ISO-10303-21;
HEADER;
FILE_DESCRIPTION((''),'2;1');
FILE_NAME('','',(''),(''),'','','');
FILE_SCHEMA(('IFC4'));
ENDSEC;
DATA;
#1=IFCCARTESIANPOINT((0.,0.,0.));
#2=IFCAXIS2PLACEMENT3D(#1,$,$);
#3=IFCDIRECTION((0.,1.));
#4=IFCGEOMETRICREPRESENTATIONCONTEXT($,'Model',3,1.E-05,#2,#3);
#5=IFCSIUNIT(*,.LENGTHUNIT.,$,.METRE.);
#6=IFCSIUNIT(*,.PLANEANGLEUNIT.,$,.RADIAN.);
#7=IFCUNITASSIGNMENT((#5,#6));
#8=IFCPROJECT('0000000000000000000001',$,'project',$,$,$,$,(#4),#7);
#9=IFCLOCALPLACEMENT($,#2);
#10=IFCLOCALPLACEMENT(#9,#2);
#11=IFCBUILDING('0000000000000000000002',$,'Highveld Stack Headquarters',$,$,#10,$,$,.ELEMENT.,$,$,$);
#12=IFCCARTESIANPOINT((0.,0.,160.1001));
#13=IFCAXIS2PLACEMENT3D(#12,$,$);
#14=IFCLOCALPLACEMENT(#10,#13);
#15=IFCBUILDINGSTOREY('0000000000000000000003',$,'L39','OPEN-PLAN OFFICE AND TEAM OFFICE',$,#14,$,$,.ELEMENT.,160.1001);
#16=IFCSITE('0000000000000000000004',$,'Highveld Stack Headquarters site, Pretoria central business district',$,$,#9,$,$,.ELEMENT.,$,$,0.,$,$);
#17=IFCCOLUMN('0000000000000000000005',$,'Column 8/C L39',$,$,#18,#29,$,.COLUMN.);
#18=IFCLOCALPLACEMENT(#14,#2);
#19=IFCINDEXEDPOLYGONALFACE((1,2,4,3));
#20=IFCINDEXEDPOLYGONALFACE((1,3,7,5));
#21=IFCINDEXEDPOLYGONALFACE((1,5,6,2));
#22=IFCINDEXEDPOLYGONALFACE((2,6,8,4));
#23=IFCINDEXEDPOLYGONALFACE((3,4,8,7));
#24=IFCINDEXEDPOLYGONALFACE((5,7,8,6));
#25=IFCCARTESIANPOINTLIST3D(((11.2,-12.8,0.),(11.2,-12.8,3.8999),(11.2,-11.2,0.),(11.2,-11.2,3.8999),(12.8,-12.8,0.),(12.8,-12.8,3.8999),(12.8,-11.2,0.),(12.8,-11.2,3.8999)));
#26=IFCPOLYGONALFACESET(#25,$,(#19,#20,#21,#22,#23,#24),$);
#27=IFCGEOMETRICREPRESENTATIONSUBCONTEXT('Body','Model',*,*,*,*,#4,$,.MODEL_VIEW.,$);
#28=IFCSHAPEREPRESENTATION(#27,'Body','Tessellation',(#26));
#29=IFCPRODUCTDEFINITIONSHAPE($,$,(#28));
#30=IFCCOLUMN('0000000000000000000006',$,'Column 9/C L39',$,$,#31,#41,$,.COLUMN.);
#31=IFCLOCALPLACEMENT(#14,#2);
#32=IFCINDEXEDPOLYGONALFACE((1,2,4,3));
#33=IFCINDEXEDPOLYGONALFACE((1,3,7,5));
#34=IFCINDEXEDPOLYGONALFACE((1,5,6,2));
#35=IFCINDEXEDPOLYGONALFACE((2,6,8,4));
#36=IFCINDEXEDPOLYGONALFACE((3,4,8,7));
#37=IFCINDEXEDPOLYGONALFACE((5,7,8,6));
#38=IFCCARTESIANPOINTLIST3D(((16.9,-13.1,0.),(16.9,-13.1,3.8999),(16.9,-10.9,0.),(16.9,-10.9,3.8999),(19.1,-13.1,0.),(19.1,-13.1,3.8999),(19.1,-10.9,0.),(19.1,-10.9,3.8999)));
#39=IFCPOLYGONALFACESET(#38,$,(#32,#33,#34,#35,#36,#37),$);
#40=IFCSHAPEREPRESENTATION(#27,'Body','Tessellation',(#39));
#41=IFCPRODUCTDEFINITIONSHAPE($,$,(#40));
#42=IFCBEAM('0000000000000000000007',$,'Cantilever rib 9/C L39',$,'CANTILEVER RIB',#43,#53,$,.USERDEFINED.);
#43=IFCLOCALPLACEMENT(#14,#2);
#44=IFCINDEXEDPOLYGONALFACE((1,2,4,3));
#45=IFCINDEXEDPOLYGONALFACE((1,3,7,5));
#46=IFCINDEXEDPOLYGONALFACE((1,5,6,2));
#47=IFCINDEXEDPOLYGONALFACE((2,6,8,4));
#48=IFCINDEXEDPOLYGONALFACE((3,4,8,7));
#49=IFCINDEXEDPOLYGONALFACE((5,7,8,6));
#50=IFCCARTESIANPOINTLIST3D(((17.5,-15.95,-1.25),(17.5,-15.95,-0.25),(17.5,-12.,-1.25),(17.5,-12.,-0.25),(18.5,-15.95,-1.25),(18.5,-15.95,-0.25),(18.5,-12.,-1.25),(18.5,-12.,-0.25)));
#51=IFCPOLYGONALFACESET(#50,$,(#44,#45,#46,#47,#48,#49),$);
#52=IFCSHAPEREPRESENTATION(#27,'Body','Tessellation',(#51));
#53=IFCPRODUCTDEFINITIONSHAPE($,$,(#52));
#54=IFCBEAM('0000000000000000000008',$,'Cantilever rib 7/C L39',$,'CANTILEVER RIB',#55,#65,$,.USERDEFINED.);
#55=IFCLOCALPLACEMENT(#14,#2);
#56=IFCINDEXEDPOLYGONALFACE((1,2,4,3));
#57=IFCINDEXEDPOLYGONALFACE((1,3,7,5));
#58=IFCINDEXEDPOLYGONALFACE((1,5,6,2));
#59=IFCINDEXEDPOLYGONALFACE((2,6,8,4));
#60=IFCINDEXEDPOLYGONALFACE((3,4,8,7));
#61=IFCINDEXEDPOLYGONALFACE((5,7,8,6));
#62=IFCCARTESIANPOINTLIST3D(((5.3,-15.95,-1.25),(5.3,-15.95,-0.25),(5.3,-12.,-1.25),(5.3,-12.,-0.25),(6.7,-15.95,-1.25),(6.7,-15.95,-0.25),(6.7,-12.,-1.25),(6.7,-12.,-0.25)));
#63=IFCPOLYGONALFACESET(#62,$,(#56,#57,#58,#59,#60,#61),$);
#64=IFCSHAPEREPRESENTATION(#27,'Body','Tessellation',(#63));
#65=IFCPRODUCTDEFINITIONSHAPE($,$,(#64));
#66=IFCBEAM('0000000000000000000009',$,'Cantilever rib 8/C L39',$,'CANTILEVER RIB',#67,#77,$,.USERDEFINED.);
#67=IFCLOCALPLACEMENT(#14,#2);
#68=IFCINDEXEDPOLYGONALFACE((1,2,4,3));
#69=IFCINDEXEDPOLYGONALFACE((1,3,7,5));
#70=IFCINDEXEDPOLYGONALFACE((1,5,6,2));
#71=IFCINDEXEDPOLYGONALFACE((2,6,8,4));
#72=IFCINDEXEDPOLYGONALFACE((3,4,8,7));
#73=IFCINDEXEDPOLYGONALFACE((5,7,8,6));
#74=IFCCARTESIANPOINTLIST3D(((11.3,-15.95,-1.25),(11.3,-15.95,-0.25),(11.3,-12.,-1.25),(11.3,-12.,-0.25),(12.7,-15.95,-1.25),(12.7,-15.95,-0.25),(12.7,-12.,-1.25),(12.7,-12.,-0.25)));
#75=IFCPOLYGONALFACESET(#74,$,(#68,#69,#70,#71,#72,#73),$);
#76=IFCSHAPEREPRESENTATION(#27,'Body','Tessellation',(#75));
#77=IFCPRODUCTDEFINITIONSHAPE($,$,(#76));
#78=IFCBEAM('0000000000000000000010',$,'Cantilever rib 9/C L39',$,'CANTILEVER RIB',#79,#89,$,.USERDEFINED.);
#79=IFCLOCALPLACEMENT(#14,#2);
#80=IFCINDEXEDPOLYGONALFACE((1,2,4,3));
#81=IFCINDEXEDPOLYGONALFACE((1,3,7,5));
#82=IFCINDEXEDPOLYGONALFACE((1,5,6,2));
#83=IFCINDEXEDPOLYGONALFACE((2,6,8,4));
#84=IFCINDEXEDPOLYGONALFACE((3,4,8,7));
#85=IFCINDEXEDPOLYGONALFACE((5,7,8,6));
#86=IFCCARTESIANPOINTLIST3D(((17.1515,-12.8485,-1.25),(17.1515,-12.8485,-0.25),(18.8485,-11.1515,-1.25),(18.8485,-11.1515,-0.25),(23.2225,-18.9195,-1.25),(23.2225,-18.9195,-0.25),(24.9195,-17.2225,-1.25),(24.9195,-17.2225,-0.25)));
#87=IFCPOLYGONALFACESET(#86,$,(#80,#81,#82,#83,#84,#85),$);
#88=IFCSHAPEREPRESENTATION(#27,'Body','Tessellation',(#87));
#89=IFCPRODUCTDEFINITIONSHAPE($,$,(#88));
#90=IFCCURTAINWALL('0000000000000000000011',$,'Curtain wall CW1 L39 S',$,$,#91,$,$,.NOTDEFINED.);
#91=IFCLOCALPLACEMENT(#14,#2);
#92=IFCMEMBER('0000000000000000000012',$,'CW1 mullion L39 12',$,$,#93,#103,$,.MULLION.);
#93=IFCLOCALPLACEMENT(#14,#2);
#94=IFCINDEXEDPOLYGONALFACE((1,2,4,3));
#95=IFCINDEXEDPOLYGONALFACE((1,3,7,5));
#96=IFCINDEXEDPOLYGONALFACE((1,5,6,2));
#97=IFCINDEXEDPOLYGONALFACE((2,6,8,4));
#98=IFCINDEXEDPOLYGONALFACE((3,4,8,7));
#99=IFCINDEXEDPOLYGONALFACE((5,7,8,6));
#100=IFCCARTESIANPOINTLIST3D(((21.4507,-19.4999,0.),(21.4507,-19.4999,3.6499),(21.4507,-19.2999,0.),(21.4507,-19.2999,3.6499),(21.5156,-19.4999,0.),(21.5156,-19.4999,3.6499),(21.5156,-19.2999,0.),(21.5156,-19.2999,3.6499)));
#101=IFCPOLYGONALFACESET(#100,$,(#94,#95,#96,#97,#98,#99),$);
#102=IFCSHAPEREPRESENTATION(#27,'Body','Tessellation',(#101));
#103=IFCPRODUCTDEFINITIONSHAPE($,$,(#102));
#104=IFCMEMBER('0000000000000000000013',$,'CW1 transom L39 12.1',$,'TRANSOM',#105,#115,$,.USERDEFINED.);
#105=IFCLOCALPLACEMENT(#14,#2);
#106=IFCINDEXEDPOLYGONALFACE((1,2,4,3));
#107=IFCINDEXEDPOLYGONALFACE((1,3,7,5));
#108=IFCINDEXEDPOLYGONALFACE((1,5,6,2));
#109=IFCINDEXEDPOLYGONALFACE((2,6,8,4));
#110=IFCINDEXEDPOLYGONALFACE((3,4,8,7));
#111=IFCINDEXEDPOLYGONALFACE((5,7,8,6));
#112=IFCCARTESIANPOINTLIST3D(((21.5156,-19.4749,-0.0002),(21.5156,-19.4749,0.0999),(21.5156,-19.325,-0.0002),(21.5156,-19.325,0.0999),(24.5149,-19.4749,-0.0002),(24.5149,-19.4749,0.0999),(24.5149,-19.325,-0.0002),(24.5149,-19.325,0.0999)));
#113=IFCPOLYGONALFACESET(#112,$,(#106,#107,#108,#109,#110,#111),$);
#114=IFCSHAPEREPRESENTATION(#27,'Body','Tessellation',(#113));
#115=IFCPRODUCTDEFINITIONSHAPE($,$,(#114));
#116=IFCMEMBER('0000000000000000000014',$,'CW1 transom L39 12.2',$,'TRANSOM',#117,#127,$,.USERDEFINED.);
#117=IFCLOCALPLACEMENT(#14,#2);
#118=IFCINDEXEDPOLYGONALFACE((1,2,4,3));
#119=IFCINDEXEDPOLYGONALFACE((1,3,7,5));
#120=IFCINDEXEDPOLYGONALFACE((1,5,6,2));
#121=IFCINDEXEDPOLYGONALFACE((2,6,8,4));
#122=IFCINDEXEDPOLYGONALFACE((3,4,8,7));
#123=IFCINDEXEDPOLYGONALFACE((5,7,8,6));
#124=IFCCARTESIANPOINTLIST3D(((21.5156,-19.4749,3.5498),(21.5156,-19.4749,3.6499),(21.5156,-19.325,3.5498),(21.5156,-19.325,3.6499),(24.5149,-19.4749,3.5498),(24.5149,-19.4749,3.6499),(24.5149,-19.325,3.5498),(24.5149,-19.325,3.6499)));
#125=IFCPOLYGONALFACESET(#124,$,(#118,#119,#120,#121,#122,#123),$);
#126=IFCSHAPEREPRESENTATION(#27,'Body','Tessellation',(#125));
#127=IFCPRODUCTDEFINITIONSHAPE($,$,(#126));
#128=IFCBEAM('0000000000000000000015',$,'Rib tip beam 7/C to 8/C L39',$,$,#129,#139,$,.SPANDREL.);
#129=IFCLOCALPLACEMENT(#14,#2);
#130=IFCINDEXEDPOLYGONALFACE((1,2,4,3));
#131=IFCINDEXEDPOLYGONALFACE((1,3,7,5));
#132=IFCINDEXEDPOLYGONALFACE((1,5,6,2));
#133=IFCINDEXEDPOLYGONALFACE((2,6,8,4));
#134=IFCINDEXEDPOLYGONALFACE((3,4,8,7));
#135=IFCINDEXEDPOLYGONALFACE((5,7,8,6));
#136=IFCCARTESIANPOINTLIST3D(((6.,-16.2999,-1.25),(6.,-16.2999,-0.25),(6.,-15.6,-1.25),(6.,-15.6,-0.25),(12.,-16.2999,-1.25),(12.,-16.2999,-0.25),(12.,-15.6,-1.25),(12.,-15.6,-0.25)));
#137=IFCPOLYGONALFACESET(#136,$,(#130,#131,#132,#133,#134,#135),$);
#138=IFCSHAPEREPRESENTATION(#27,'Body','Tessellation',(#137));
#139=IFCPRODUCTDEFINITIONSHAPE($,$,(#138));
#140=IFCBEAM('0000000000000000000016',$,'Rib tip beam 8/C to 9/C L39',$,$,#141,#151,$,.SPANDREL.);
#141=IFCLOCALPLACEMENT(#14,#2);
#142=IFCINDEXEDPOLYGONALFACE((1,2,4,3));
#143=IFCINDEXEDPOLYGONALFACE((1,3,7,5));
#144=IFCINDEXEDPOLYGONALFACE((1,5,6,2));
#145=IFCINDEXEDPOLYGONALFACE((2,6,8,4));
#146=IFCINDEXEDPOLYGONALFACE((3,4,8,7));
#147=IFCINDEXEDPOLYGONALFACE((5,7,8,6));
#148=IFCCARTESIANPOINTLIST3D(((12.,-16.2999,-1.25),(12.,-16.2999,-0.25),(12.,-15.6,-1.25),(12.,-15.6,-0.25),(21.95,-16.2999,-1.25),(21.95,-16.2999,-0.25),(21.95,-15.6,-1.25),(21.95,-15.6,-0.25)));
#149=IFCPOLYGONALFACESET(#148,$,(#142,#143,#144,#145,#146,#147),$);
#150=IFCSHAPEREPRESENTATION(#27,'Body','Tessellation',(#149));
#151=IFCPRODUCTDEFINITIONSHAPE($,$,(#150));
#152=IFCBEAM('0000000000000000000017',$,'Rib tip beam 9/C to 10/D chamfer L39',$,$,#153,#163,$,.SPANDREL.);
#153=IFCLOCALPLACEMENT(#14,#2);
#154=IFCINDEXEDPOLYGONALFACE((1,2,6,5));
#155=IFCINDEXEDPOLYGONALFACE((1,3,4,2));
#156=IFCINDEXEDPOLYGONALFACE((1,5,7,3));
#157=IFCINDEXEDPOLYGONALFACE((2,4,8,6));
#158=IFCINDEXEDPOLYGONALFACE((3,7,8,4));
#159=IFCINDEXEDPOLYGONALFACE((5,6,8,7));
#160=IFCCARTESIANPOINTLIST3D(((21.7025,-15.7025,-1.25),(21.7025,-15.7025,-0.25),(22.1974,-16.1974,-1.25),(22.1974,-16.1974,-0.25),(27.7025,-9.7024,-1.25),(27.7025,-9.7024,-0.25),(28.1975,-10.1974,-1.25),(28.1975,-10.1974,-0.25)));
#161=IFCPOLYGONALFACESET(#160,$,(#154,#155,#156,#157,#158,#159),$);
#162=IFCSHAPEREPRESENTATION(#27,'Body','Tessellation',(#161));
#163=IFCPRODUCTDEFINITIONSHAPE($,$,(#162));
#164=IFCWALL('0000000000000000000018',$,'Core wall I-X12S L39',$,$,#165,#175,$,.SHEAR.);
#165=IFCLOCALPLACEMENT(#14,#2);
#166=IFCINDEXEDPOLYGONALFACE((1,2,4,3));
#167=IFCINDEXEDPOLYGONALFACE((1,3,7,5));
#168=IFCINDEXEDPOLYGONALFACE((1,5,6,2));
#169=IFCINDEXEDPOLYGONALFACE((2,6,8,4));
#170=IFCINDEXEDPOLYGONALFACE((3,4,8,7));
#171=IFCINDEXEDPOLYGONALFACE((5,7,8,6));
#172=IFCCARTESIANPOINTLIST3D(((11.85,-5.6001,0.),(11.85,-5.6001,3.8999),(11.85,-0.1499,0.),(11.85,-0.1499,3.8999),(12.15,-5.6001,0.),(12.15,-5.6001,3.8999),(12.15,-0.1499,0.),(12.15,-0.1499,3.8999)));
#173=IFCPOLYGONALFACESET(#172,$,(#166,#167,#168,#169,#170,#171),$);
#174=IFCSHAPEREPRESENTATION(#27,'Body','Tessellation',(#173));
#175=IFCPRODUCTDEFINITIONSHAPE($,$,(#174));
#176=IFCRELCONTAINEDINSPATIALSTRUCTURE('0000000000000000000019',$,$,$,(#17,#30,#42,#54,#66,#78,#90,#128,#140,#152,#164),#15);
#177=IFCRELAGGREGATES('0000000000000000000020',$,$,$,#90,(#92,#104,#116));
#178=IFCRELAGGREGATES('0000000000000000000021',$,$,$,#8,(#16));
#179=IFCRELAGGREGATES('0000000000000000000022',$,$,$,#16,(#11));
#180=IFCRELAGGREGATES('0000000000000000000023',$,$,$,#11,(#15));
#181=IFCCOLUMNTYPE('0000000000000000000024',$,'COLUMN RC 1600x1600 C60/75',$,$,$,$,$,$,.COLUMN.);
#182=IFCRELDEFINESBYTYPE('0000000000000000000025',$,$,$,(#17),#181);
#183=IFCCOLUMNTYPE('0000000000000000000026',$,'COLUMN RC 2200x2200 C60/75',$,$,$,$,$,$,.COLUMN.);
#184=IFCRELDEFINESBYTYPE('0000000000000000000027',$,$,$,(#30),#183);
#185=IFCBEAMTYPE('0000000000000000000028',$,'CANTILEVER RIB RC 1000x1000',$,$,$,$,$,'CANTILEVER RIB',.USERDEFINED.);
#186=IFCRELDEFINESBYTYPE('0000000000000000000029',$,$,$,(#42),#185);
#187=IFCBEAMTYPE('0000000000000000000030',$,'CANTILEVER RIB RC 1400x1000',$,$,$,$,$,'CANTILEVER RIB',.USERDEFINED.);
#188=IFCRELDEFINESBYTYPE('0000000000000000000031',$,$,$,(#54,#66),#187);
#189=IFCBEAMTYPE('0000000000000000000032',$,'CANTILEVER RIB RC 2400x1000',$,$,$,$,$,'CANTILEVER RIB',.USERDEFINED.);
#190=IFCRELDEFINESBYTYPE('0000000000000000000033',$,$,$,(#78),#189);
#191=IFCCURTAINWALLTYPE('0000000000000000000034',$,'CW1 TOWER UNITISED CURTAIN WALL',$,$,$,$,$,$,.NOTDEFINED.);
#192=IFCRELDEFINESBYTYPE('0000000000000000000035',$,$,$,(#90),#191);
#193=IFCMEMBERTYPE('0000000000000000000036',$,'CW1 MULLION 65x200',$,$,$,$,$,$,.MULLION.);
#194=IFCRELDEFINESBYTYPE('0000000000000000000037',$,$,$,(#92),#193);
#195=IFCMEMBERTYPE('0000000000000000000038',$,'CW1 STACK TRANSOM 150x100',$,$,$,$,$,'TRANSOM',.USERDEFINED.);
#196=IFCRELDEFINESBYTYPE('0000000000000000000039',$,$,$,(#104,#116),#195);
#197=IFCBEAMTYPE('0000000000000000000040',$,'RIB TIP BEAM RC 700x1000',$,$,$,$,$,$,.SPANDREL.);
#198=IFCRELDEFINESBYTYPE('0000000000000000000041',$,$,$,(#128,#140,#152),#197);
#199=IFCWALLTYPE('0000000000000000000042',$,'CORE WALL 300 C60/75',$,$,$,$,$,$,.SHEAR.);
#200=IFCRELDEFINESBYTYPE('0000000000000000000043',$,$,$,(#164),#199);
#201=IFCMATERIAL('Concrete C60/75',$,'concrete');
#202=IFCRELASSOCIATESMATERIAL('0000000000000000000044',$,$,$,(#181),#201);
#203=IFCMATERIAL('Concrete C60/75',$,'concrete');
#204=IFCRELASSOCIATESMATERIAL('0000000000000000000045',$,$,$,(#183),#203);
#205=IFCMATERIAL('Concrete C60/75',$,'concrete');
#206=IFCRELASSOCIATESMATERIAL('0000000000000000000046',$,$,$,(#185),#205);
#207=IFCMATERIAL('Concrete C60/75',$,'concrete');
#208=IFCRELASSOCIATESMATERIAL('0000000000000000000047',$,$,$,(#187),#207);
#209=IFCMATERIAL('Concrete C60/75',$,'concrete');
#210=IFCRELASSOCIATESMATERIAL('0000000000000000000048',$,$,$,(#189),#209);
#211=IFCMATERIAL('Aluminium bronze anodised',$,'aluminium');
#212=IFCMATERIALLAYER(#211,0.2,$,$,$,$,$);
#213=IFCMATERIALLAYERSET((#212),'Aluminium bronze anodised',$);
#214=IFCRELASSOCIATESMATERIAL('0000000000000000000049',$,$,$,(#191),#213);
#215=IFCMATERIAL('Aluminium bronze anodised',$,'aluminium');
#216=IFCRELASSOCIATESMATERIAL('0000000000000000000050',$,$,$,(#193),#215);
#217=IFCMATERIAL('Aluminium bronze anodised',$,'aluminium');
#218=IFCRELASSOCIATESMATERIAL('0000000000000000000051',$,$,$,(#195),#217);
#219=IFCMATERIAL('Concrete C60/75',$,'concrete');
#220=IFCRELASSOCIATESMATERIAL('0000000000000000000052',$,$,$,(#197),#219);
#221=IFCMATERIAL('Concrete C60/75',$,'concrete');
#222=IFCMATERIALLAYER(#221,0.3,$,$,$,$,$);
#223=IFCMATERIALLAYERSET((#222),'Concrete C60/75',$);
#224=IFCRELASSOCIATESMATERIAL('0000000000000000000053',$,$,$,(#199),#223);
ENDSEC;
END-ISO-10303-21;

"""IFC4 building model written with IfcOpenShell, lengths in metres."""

from ifc_helpers import new_model, si_unit, direction, frame, frame_2d, origin, origin_2d, place, context, subcontext, project, spatial, rectangle, extrude, material, layer, layer_set, material_profile, profile_set, type_object, element, aggregate, save


model = new_model("IFC4")

# Units and contexts
model_context = context("Model", 3, precision=1e-05, world=origin(), true_north=direction((0.0, 1.0)))
body_context = subcontext(model_context, "Body", "Model", "MODEL_VIEW")
ifc_project = project(units=[si_unit("LENGTHUNIT", "METRE"), si_unit("PLANEANGLEUNIT", "RADIAN")], contexts=[model_context])

# Site, building, storey
site_placement = place(None, origin())
site = spatial("IfcSite", under=ifc_project, at=site_placement, Name="Highveld Stack Headquarters site, Pretoria central business district", CompositionType="ELEMENT", RefElevation=0.0)
building_placement = place(site_placement, origin())
building = spatial("IfcBuilding", under=site, at=building_placement, Name="Highveld Stack Headquarters", CompositionType="ELEMENT")
storey_placement = place(building_placement, frame((0.0, 0.0, 160.1001)))
storey = spatial("IfcBuildingStorey", under=building, at=storey_placement, Name="L39", Description="OPEN-PLAN OFFICE AND TEAM OFFICE", CompositionType="ELEMENT", Elevation=160.1001)

# Columns
ifc_material_1 = material(Name="Concrete C60/75", Category="concrete")
ifc_material_profile_1 = material_profile(ifc_material_1, rectangle(XDim=1.6001, YDim=1.6001, at=origin_2d()), Name="RC 1600x1600")
ifc_profile_set_1 = profile_set([ifc_material_profile_1], Name="Concrete C60/75")
column_type_1 = type_object("IfcColumnType", Name="COLUMN RC 1600x1600 C60/75", PredefinedType="COLUMN", material=ifc_profile_set_1)
column_1_placement = place(storey_placement, frame((12.0, -12.0, 0.0), z_axis=(0.0, 0.0, 1.0), x_axis=(1.0, 0.0, 0.0)))
element("IfcColumn", 1, at=column_1_placement, inside=storey, type_object=column_type_1, Name="Column 8/C L39", PredefinedType="COLUMN", context=body_context, shape_type="SweptSolid", body=[
    extrude(rectangle(XDim=1.6001, YDim=1.6001, at=origin_2d()), origin(), (0.0, 0.0, 1.0), 3.8999),
])
ifc_material_2 = material(Name="Concrete C60/75", Category="concrete")
ifc_material_profile_2 = material_profile(ifc_material_2, rectangle(XDim=2.2, YDim=2.2, at=origin_2d()), Name="RC 2200x2200")
ifc_profile_set_2 = profile_set([ifc_material_profile_2], Name="Concrete C60/75")
column_type_2 = type_object("IfcColumnType", Name="COLUMN RC 2200x2200 C60/75", PredefinedType="COLUMN", material=ifc_profile_set_2)
column_2_placement = place(storey_placement, frame((18.0, -12.0, 0.0), z_axis=(0.0, 0.0, 1.0), x_axis=(1.0, 0.0, 0.0)))
element("IfcColumn", 2, at=column_2_placement, inside=storey, type_object=column_type_2, Name="Column 9/C L39", PredefinedType="COLUMN", context=body_context, shape_type="SweptSolid", body=[
    extrude(rectangle(XDim=2.2, YDim=2.2, at=origin_2d()), origin(), (0.0, 0.0, 1.0), 3.8999),
])

# Beams
ifc_material_3 = material(Name="Concrete C60/75", Category="concrete")
ifc_material_profile_3 = material_profile(ifc_material_3, rectangle(XDim=1.0, YDim=1.0, at=origin_2d()), Name="RC 1000x1000")
ifc_profile_set_3 = profile_set([ifc_material_profile_3], Name="Concrete C60/75")
beam_type_1 = type_object("IfcBeamType", Name="CANTILEVER RIB RC 1000x1000", ElementType="CANTILEVER RIB", PredefinedType="USERDEFINED", material=ifc_profile_set_3)
beam_1_placement = place(storey_placement, frame((18.0, -12.0, -0.75), z_axis=(0.0, -1.0, 0.0), x_axis=(1.0, 0.0, 0.0)))
element("IfcBeam", 3, at=beam_1_placement, inside=storey, type_object=beam_type_1, Name="Cantilever rib 9/C L39", ObjectType="CANTILEVER RIB", PredefinedType="USERDEFINED", context=body_context, shape_type="SweptSolid", body=[
    extrude(rectangle(XDim=1.0, YDim=1.0, at=origin_2d()), origin(), (0.0, 0.0, 1.0), 3.95),
])
ifc_material_4 = material(Name="Concrete C60/75", Category="concrete")
ifc_material_profile_4 = material_profile(ifc_material_4, rectangle(XDim=1.3999, YDim=1.0, at=origin_2d()), Name="RC 1400x1000")
ifc_profile_set_4 = profile_set([ifc_material_profile_4], Name="Concrete C60/75")
beam_type_2 = type_object("IfcBeamType", Name="CANTILEVER RIB RC 1400x1000", ElementType="CANTILEVER RIB", PredefinedType="USERDEFINED", material=ifc_profile_set_4)
for number, where, z_axis, x_axis, name in (
    (4, (6.0, -12.0, -0.75), (0.0, -1.0, 0.0), (1.0, 0.0, 0.0), "Cantilever rib 7/C L39"),
    (5, (12.0, -12.0, -0.75), (0.0, -1.0, 0.0), (1.0, 0.0, 0.0), "Cantilever rib 8/C L39"),
):
    element("IfcBeam", number, at=place(storey_placement, frame(where, z_axis=z_axis, x_axis=x_axis)), inside=storey, type_object=beam_type_2, Name=name, ObjectType="CANTILEVER RIB", PredefinedType="USERDEFINED", context=body_context, shape_type="SweptSolid", body=[
        extrude(rectangle(XDim=1.3999, YDim=1.0, at=origin_2d()), origin(), (0.0, 0.0, 1.0), 3.95),
    ])
ifc_material_5 = material(Name="Concrete C60/75", Category="concrete")
ifc_material_profile_5 = material_profile(ifc_material_5, rectangle(XDim=2.3999, YDim=1.0, at=origin_2d()), Name="RC 2400x1000")
ifc_profile_set_5 = profile_set([ifc_material_profile_5], Name="Concrete C60/75")
beam_type_3 = type_object("IfcBeamType", Name="CANTILEVER RIB RC 2400x1000", ElementType="CANTILEVER RIB", PredefinedType="USERDEFINED", material=ifc_profile_set_5)
beam_2_placement = place(storey_placement, frame((18.0, -12.0, -0.75), z_axis=(0.707107, -0.707107, 0.0), x_axis=(0.707107, 0.707107, 0.0)))
element("IfcBeam", 6, at=beam_2_placement, inside=storey, type_object=beam_type_3, Name="Cantilever rib 9/C L39", ObjectType="CANTILEVER RIB", PredefinedType="USERDEFINED", context=body_context, shape_type="SweptSolid", body=[
    extrude(rectangle(XDim=2.3999, YDim=1.0, at=origin_2d()), origin(), (0.0, 0.0, 1.0), 8.5857),
])

# Curtain wall, members
ifc_material_6 = material(Name="Aluminium bronze anodised", Category="aluminium")
ifc_layer_1 = layer(ifc_material_6, 0.2)
ifc_layer_set_1 = layer_set([ifc_layer_1], Name="Aluminium bronze anodised")
curtain_wall_type = type_object("IfcCurtainWallType", Name="CW1 TOWER UNITISED CURTAIN WALL", PredefinedType="NOTDEFINED", material=ifc_layer_set_1)
curtain_wall_placement = place(storey_placement, origin())
curtain_wall = element("IfcCurtainWall", 7, at=curtain_wall_placement, inside=storey, type_object=curtain_wall_type, Name="Curtain wall CW1 L39 S", PredefinedType="NOTDEFINED")
ifc_material_7 = material(Name="Aluminium bronze anodised", Category="aluminium")
ifc_material_profile_6 = material_profile(ifc_material_7, rectangle(XDim=0.2, YDim=0.0649, at=origin_2d()), Name="CW1 MULLION 65x200")
ifc_profile_set_6 = profile_set([ifc_material_profile_6], Name="Aluminium bronze anodised")
member_type_1 = type_object("IfcMemberType", Name="CW1 MULLION 65x200", PredefinedType="MULLION", material=ifc_profile_set_6)
member_1_placement = place(storey_placement, frame((21.4832, -19.3999, 0.0), z_axis=(0.0, 0.0, 1.0), x_axis=(0.0, 1.0, 0.0)))
member_1 = element("IfcMember", 8, at=member_1_placement, type_object=member_type_1, Name="CW1 mullion L39 12", PredefinedType="MULLION", context=body_context, shape_type="SweptSolid", body=[
    extrude(rectangle(XDim=0.2, YDim=0.0649, at=origin_2d()), origin(), (0.0, 0.0, 1.0), 3.6499),
])
ifc_material_8 = material(Name="Aluminium bronze anodised", Category="aluminium")
ifc_material_profile_7 = material_profile(ifc_material_8, rectangle(XDim=0.1499, YDim=0.1001, at=origin_2d()), Name="CW1 TRANSOM 150x100")
ifc_profile_set_7 = profile_set([ifc_material_profile_7], Name="Aluminium bronze anodised")
member_type_2 = type_object("IfcMemberType", Name="CW1 STACK TRANSOM 150x100", ElementType="TRANSOM", PredefinedType="USERDEFINED", material=ifc_profile_set_7)
member_2_placement = place(storey_placement, frame((21.5156, -19.3999, 0.0498), z_axis=(1.0, 0.0, 0.0), x_axis=(0.0, 1.0, 0.0)))
member_2 = element("IfcMember", 9, at=member_2_placement, type_object=member_type_2, Name="CW1 transom L39 12.1", ObjectType="TRANSOM", PredefinedType="USERDEFINED", context=body_context, shape_type="SweptSolid", body=[
    extrude(rectangle(XDim=0.1499, YDim=0.1001, at=origin_2d()), origin(), (0.0, 0.0, 1.0), 2.9993),
])
member_3_placement = place(storey_placement, frame((21.5156, -19.3999, 3.5999), z_axis=(1.0, 0.0, 0.0), x_axis=(0.0, 1.0, 0.0)))
member_3 = element("IfcMember", 10, at=member_3_placement, type_object=member_type_2, Name="CW1 transom L39 12.2", ObjectType="TRANSOM", PredefinedType="USERDEFINED", context=body_context, shape_type="SweptSolid", body=[
    extrude(rectangle(XDim=0.1499, YDim=0.1001, at=origin_2d()), origin(), (0.0, 0.0, 1.0), 2.9993),
])
aggregate(curtain_wall, [member_1, member_2, member_3])

# Beams
ifc_material_9 = material(Name="Concrete C60/75", Category="concrete")
ifc_material_profile_8 = material_profile(ifc_material_9, rectangle(XDim=0.7, YDim=1.0, at=origin_2d()), Name="RC 700x1000")
ifc_profile_set_8 = profile_set([ifc_material_profile_8], Name="Concrete C60/75")
beam_type_4 = type_object("IfcBeamType", Name="RIB TIP BEAM RC 700x1000", PredefinedType="SPANDREL", material=ifc_profile_set_8)
beam_3_placement = place(storey_placement, frame((6.0, -15.95, -0.75), z_axis=(1.0, 0.0, 0.0), x_axis=(0.0, 1.0, 0.0)))
element("IfcBeam", 11, at=beam_3_placement, inside=storey, type_object=beam_type_4, Name="Rib tip beam 7/C to 8/C L39", PredefinedType="SPANDREL", context=body_context, shape_type="SweptSolid", body=[
    extrude(rectangle(XDim=0.7, YDim=1.0, at=origin_2d()), origin(), (0.0, 0.0, 1.0), 6.0),
])
beam_4_placement = place(storey_placement, frame((12.0, -15.95, -0.75), z_axis=(1.0, 0.0, 0.0), x_axis=(0.0, 1.0, 0.0)))
element("IfcBeam", 12, at=beam_4_placement, inside=storey, type_object=beam_type_4, Name="Rib tip beam 8/C to 9/C L39", PredefinedType="SPANDREL", context=body_context, shape_type="SweptSolid", body=[
    extrude(rectangle(XDim=0.7, YDim=1.0, at=origin_2d()), origin(), (0.0, 0.0, 1.0), 9.95),
])
beam_5_placement = place(storey_placement, frame((21.95, -15.95, -0.75), z_axis=(0.707107, 0.707107, 0.0), x_axis=(-0.707107, 0.707107, 0.0)))
element("IfcBeam", 13, at=beam_5_placement, inside=storey, type_object=beam_type_4, Name="Rib tip beam 9/C to 10/D chamfer L39", PredefinedType="SPANDREL", context=body_context, shape_type="SweptSolid", body=[
    extrude(rectangle(XDim=0.7, YDim=1.0, at=origin_2d()), origin(), (0.0, 0.0, 1.0), 8.4854),
])

# Wall
ifc_material_10 = material(Name="Concrete C60/75", Category="concrete")
ifc_layer_2 = layer(ifc_material_10, 0.3)
ifc_layer_set_2 = layer_set([ifc_layer_2], Name="Concrete C60/75")
wall_type_1 = type_object("IfcWallType", Name="CORE WALL 300 C60/75", PredefinedType="SHEAR", material=ifc_layer_set_2)
wall_1_placement = place(storey_placement, frame((12.0, -5.6001, 0.0), z_axis=(0.0, 0.0, 1.0), x_axis=(0.0, 1.0, 0.0)))
element("IfcWall", 14, at=wall_1_placement, inside=storey, type_object=wall_type_1, Name="Core wall I-X12S L39", PredefinedType="SHEAR", context=body_context, shape_type="SweptSolid", body=[
    extrude(rectangle(XDim=5.4502, YDim=0.3, at=frame_2d((2.7251, 0.0))), origin(), (0.0, 0.0, 1.0), 3.8999),
])

save(model, "model.ifc")
